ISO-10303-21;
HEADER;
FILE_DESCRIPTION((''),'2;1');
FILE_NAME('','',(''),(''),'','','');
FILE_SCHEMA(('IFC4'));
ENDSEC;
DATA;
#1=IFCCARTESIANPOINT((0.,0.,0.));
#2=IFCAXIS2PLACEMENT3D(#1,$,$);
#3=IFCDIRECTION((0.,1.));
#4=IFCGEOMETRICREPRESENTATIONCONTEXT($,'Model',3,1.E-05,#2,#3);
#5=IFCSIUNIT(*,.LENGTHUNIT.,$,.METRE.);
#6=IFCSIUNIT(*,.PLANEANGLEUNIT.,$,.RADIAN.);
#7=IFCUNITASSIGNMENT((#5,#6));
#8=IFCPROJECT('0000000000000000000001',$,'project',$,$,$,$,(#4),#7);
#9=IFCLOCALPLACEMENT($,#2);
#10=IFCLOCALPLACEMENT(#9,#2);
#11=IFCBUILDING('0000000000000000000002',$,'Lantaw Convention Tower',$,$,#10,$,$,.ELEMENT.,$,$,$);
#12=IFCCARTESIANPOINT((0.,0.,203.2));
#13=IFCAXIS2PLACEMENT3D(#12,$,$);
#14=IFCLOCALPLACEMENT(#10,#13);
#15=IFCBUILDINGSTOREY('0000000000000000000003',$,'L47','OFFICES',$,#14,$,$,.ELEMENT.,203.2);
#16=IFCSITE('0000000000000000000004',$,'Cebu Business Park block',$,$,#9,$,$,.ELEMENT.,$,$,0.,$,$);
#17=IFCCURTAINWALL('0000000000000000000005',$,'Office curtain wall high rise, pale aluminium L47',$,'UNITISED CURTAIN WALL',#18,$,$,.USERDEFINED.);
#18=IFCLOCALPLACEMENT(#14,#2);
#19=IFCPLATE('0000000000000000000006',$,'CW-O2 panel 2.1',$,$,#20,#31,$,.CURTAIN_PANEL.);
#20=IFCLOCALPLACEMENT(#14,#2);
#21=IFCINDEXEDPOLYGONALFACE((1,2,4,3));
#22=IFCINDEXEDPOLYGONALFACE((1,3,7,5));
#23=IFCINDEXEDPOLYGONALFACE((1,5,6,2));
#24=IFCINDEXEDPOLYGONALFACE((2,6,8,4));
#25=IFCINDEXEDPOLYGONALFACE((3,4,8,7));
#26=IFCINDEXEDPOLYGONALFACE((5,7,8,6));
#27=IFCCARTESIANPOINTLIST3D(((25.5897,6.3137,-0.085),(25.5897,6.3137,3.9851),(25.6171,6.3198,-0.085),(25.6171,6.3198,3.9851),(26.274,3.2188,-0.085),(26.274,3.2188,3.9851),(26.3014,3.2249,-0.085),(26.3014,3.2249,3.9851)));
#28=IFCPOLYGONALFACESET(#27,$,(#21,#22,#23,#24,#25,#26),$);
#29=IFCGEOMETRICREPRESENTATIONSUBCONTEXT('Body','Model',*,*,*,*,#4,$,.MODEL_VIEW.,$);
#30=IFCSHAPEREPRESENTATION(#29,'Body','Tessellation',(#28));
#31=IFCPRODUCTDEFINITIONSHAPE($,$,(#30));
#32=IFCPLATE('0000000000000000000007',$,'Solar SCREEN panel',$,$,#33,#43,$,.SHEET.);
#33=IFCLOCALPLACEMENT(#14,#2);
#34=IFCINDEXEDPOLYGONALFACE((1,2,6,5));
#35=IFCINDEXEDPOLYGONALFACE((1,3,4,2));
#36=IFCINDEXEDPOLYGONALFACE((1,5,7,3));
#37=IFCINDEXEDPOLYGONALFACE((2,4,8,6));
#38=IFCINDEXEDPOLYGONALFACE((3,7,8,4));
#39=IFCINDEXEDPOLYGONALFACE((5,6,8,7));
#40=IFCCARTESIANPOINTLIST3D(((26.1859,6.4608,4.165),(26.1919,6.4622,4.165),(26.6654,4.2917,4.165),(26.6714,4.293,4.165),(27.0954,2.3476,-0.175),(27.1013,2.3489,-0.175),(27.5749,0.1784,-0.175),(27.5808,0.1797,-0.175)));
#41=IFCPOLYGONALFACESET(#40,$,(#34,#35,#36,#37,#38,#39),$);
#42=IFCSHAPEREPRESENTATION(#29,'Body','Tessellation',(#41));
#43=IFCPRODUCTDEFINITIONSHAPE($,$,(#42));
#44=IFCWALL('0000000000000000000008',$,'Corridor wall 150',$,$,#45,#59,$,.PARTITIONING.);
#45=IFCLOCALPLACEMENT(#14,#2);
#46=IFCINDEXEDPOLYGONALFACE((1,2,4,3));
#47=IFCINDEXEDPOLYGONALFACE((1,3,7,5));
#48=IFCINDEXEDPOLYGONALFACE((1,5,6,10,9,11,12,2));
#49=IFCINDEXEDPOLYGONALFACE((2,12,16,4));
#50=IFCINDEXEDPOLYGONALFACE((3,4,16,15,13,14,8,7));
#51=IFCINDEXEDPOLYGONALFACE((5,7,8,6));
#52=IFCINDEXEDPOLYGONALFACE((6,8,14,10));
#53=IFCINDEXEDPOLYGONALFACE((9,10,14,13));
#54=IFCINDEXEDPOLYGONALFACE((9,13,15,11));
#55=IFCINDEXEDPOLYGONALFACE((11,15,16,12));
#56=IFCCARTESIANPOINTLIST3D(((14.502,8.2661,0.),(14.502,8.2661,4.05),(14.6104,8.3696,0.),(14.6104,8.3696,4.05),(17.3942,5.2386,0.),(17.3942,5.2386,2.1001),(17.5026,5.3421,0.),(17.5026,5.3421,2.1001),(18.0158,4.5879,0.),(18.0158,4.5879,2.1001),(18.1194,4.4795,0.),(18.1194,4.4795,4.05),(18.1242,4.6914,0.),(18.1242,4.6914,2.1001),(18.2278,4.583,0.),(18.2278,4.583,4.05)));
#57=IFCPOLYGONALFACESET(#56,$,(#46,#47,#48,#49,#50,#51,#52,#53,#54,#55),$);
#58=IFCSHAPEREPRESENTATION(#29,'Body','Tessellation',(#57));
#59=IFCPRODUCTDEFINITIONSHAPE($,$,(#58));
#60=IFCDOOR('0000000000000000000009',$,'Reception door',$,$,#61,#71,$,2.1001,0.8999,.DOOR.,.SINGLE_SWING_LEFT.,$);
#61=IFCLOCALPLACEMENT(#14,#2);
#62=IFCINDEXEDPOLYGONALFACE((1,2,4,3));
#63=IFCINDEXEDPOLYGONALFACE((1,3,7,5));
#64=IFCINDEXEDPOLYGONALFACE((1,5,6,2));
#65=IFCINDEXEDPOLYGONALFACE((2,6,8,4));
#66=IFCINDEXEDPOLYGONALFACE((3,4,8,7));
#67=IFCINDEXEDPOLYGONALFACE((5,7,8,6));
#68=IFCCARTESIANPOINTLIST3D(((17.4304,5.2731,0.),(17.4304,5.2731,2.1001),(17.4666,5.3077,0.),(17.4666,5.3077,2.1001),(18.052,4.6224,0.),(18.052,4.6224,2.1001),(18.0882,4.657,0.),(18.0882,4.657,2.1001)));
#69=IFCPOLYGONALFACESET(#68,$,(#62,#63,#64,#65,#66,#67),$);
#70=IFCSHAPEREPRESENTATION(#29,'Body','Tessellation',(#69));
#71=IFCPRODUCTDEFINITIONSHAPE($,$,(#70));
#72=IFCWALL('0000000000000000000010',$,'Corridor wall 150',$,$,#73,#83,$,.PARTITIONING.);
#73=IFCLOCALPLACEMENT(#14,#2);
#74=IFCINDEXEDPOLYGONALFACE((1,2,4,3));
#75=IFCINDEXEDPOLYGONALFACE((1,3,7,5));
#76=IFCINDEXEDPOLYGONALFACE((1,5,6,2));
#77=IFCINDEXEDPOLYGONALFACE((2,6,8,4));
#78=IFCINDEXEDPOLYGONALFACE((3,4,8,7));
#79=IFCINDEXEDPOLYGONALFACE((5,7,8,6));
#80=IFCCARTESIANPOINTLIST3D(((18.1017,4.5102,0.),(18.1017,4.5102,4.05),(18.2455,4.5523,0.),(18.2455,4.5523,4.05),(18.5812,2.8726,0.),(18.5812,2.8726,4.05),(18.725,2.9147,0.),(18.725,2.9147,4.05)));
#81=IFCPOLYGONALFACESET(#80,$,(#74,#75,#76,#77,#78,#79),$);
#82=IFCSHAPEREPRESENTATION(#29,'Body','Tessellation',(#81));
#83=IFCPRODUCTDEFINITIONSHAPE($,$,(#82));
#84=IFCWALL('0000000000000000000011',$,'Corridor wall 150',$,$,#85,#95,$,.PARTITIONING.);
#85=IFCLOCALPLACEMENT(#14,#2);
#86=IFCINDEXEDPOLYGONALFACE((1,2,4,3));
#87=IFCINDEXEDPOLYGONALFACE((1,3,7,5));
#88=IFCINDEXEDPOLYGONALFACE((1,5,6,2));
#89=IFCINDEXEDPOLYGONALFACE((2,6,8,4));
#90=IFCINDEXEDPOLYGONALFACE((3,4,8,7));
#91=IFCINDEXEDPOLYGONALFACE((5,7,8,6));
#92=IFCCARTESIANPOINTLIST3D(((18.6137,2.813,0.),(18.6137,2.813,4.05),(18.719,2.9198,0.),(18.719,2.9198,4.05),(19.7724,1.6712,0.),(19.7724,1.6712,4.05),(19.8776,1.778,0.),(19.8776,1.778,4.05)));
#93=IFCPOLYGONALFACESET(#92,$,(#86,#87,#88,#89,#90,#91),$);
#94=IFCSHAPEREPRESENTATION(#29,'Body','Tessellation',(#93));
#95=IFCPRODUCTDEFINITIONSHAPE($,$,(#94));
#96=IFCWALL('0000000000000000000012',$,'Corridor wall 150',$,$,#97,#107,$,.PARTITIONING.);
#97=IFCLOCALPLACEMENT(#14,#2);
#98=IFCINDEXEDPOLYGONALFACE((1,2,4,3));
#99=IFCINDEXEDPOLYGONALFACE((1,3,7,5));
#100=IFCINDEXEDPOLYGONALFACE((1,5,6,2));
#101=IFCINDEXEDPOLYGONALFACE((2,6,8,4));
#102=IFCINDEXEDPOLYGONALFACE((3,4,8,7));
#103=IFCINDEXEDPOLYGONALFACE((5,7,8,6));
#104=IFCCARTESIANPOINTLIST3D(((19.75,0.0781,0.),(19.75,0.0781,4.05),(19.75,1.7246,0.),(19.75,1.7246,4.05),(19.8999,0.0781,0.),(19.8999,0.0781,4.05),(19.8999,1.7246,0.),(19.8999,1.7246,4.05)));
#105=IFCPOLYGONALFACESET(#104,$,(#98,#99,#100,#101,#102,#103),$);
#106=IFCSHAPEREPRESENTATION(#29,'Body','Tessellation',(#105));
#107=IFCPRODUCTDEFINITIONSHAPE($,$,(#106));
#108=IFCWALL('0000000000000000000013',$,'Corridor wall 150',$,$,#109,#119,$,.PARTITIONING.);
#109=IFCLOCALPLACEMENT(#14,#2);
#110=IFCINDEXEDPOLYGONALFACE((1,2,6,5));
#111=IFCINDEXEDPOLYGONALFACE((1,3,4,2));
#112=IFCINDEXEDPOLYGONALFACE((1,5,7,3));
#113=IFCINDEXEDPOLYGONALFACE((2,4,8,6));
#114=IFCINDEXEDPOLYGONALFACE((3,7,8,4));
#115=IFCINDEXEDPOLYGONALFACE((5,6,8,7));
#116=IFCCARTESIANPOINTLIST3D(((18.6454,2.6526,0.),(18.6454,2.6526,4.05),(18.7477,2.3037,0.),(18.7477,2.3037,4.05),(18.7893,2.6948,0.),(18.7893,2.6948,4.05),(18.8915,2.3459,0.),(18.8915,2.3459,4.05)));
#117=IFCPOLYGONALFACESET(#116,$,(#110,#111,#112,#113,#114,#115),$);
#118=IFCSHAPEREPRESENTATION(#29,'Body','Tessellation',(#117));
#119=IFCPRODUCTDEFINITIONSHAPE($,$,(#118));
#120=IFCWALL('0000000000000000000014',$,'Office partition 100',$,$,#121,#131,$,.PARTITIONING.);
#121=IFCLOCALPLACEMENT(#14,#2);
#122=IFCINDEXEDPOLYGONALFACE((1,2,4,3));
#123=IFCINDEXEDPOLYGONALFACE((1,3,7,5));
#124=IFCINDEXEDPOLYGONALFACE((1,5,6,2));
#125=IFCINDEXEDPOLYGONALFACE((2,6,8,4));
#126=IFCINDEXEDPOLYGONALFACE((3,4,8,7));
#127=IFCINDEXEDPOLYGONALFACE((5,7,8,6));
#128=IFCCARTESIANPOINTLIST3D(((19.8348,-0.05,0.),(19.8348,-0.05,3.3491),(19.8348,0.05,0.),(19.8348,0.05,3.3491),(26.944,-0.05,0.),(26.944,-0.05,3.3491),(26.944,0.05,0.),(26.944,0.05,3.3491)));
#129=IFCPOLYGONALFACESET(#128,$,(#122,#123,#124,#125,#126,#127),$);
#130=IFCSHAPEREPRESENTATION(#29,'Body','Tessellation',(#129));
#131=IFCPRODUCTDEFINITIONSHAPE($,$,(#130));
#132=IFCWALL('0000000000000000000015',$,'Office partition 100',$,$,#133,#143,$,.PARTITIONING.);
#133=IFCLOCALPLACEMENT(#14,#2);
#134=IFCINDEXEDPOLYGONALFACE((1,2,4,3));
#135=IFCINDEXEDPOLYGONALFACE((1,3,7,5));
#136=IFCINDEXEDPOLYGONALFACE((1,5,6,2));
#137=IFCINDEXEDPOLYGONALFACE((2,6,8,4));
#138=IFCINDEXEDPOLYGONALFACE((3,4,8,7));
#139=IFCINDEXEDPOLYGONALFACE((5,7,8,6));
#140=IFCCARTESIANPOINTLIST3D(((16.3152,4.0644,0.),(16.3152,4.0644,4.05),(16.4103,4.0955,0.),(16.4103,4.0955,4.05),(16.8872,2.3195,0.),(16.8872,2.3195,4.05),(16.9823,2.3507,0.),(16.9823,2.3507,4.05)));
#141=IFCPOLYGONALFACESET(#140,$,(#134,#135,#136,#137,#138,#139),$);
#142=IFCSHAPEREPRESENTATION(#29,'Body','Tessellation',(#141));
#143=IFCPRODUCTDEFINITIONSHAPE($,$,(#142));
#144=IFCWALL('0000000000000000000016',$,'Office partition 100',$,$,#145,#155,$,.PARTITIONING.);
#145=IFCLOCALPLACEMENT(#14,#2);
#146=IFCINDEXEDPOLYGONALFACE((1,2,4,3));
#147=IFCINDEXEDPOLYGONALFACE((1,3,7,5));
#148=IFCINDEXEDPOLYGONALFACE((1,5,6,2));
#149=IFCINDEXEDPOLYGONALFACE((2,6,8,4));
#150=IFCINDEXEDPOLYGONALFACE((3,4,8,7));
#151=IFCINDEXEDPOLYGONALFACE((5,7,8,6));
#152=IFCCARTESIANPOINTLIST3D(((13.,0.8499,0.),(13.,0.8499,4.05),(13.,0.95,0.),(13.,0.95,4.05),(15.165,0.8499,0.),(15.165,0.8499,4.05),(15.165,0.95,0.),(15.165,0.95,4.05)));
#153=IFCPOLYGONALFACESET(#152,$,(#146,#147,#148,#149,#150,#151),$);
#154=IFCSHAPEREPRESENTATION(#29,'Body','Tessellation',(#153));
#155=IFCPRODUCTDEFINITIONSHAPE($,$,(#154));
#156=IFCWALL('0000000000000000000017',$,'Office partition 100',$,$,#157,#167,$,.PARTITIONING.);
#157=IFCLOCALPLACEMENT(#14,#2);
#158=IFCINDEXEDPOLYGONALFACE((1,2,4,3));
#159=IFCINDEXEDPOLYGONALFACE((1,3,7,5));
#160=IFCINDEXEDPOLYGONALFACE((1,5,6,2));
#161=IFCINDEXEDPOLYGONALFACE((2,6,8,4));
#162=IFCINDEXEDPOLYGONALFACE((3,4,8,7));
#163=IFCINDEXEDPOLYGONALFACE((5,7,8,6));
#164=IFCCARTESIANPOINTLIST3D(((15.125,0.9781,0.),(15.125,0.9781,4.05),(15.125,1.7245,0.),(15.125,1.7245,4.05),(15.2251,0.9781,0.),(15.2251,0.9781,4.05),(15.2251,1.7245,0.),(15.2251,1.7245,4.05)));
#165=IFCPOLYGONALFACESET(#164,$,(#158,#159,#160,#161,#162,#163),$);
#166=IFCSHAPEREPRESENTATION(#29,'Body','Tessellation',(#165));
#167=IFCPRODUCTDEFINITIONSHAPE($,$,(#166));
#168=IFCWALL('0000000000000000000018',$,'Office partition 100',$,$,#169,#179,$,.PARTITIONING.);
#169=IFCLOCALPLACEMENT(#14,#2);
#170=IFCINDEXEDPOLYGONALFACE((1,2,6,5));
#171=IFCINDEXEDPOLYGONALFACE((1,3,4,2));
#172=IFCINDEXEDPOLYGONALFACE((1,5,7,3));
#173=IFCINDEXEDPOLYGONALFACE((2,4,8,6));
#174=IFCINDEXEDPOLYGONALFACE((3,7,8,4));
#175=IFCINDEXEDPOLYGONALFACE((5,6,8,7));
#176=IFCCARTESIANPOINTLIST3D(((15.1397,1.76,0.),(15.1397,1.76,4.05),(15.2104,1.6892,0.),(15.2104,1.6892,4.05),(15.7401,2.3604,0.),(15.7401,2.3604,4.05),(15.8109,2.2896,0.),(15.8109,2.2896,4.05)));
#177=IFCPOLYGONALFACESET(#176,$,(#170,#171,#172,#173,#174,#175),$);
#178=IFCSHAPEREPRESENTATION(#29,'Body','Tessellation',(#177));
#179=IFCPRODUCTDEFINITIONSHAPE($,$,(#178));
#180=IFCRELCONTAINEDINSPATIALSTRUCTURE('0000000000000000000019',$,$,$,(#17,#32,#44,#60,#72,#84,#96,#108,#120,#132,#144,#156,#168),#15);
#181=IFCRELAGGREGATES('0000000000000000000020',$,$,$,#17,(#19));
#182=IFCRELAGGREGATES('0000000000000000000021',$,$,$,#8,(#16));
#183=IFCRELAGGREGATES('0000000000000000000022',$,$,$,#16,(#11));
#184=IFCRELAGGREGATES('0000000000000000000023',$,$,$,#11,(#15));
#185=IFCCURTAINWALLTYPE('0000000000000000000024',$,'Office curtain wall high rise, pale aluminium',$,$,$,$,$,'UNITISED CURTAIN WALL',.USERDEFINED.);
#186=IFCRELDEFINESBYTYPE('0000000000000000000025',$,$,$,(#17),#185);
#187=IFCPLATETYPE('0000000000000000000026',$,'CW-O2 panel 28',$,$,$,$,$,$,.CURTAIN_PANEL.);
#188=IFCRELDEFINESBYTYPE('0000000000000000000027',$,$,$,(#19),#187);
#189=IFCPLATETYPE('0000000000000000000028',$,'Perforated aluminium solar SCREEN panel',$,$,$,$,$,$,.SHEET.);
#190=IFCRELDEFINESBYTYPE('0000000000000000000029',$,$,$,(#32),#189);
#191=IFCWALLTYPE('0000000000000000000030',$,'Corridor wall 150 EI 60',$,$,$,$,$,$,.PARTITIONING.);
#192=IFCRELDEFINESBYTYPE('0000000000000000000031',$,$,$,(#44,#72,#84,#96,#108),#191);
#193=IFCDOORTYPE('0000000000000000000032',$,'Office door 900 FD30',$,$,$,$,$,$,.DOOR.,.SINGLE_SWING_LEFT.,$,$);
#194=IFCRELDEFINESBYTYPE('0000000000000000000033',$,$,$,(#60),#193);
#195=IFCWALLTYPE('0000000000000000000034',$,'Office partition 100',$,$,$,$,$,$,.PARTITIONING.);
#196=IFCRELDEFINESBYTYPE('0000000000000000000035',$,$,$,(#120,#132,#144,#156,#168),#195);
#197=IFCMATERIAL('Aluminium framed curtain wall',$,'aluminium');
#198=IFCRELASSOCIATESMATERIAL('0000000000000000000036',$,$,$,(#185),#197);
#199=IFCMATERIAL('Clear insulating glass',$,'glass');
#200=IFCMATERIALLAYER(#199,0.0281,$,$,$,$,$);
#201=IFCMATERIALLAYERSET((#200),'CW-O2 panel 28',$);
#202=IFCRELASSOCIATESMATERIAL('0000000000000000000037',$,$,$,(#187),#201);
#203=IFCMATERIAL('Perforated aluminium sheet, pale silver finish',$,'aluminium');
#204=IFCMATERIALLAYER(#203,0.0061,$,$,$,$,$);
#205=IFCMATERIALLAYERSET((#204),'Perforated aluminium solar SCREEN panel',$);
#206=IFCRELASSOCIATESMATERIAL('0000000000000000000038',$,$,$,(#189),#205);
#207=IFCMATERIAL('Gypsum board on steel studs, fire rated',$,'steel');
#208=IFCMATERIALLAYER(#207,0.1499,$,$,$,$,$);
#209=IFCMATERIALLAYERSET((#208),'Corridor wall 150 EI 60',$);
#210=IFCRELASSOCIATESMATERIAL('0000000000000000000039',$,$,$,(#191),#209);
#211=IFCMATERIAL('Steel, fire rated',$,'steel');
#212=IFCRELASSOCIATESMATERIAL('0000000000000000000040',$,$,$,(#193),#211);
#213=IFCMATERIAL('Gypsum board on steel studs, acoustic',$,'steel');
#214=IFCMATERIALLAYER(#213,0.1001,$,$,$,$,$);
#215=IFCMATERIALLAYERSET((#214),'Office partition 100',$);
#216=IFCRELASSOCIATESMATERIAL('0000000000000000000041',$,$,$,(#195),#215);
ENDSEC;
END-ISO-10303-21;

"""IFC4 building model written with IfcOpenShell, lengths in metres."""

from ifc_helpers import new_model, si_unit, direction, frame, frame_2d, origin, origin_2d, place, context, subcontext, project, spatial, polyline, rectangle, outline, extrude, material, layer, layer_set, type_object, element, fill, aggregate, save


model = new_model("IFC4")

# Units and contexts
model_context = context("Model", 3, precision=1e-05, world=origin(), true_north=direction((0.0, 1.0)))
body_context = subcontext(model_context, "Body", "Model", "MODEL_VIEW")
ifc_project = project(units=[si_unit("LENGTHUNIT", "METRE"), si_unit("PLANEANGLEUNIT", "RADIAN")], contexts=[model_context])

# Site, building, storey
site_placement = place(None, origin())
site = spatial("IfcSite", under=ifc_project, at=site_placement, Name="Cebu Business Park block", CompositionType="ELEMENT", RefElevation=0.0)
building_placement = place(site_placement, origin())
building = spatial("IfcBuilding", under=site, at=building_placement, Name="Lantaw Convention Tower", CompositionType="ELEMENT")
storey_placement = place(building_placement, frame((0.0, 0.0, 203.2)))
storey = spatial("IfcBuildingStorey", under=building, at=storey_placement, Name="L47", Description="OFFICES", CompositionType="ELEMENT", Elevation=203.2)

# Curtain wall
ifc_material_1 = material(Name="Aluminium framed curtain wall", Category="aluminium")
curtain_wall_type = type_object("IfcCurtainWallType", Name="Office curtain wall high rise, pale aluminium", ElementType="UNITISED CURTAIN WALL", PredefinedType="USERDEFINED", material=ifc_material_1)
curtain_wall_1_placement = place(storey_placement, origin())
curtain_wall_1 = element("IfcCurtainWall", 1, at=curtain_wall_1_placement, inside=storey, type_object=curtain_wall_type, Name="Office curtain wall high rise, pale aluminium L47", ObjectType="UNITISED CURTAIN WALL", PredefinedType="USERDEFINED")

# Plates
ifc_material_2 = material(Name="Clear insulating glass", Category="glass")
ifc_layer_1 = layer(ifc_material_2, 0.0281)
ifc_layer_set_1 = layer_set([ifc_layer_1], Name="CW-O2 panel 28")
plate_type_1 = type_object("IfcPlateType", Name="CW-O2 panel 28", PredefinedType="CURTAIN_PANEL", material=ifc_layer_set_1)
plate_1_placement = place(storey_placement, frame((25.9456, 4.7693, -0.085), z_axis=(0.0, 0.0, 1.0), x_axis=(-0.215891, 0.976417, 0.0)))
plate_1 = element("IfcPlate", 2, at=plate_1_placement, type_object=plate_type_1, Name="CW-O2 panel 2.1", PredefinedType="CURTAIN_PANEL", context=body_context, shape_type="SweptSolid", body=[
    extrude(rectangle(XDim=3.1697, YDim=0.0281, at=origin_2d()), origin(), (0.0, 0.0, 1.0), 4.0701),
])
aggregate(curtain_wall_1, [plate_1])
ifc_material_3 = material(Name="Perforated aluminium sheet, pale silver finish", Category="aluminium")
ifc_layer_2 = layer(ifc_material_3, 0.0061)
ifc_layer_set_2 = layer_set([ifc_layer_2], Name="Perforated aluminium solar SCREEN panel")
plate_type_2 = type_object("IfcPlateType", Name="Perforated aluminium solar SCREEN panel", PredefinedType="SHEET", material=ifc_layer_set_2)
plate_2_placement = place(storey_placement, frame((27.5808, 0.1797, -0.175), z_axis=(0.97643, 0.215837, 0.000044), x_axis=(-0.215837, 0.97643, 0.0)))
element("IfcPlate", 3, at=plate_2_placement, inside=storey, type_object=plate_type_2, Name="Solar SCREEN panel", PredefinedType="SHEET", context=body_context, shape_type="SweptSolid", body=[
    extrude(outline(polyline([(0.0, 0.0), (2.2216, 0.0), (6.4342, 4.3401), (4.2126, 4.3401), (0.0, 0.0)])), origin(), (0.0, 0.0, -1.0), 0.0061),
])

# Wall, opening, door
ifc_material_4 = material(Name="Gypsum board on steel studs, fire rated", Category="steel")
ifc_layer_3 = layer(ifc_material_4, 0.1499)
ifc_layer_set_3 = layer_set([ifc_layer_3], Name="Corridor wall 150 EI 60")
wall_type_1 = type_object("IfcWallType", Name="Corridor wall 150 EI 60", PredefinedType="PARTITIONING", material=ifc_layer_set_3)
wall_1_placement = place(storey_placement, frame((18.1736, 4.5312, 0.0), z_axis=(0.0, 0.0, 1.0), x_axis=(-0.690768, 0.723076, 0.0)))
wall_1 = element("IfcWall", 4, at=wall_1_placement, inside=storey, type_object=wall_type_1, Name="Corridor wall 150", PredefinedType="PARTITIONING", context=body_context, shape_type="SweptSolid", body=[
    extrude(rectangle(XDim=5.2368, YDim=0.1499, at=frame_2d((2.6184, 0.0))), origin(), (0.0, 0.0, 1.0), 4.05),
])
opening_placement = place(wall_1_placement, frame((0.1499, 0.0, 0.0)))
opening = element("IfcOpeningElement", 5, at=opening_placement, cuts=wall_1, PredefinedType="OPENING", context=body_context, shape_type="SweptSolid", body=[
    extrude(rectangle(XDim=0.8999, YDim=2.1001, at=frame_2d((0.45, 1.05))), frame((0.0, 0.085, 0.0), z_axis=(0.0, -1.0, 0.0), x_axis=(1.0, 0.0, 0.0)), (0.0, 0.0, 1.0), 0.1699),
])
ifc_material_5 = material(Name="Steel, fire rated", Category="steel")
door_type = type_object("IfcDoorType", Name="Office door 900 FD30", OperationType="SINGLE_SWING_LEFT", PredefinedType="DOOR", material=ifc_material_5)
door_placement = place(opening_placement, origin())
door = element("IfcDoor", 6, at=door_placement, inside=storey, type_object=door_type, Name="Reception door", OperationType="SINGLE_SWING_LEFT", OverallHeight=2.1001, OverallWidth=0.8999, PredefinedType="DOOR", context=body_context, shape_type="SweptSolid", body=[
    extrude(rectangle(XDim=0.8999, YDim=2.1001, at=frame_2d((0.45, 1.05))), frame((0.0, 0.0249, 0.0), z_axis=(0.0, -1.0, 0.0), x_axis=(1.0, 0.0, 0.0)), (0.0, 0.0, 1.0), 0.05),
])
fill(opening, door)

# Walls
wall_2_placement = place(storey_placement, frame((18.6531, 2.8938, 0.0), z_axis=(0.0, 0.0, 1.0), x_axis=(-0.281027, 0.9597, 0.0)))
element("IfcWall", 7, at=wall_2_placement, inside=storey, type_object=wall_type_1, Name="Corridor wall 150", PredefinedType="PARTITIONING", context=body_context, shape_type="SweptSolid", body=[
    extrude(rectangle(XDim=1.7063, YDim=0.1499, at=frame_2d((0.853, 0.0))), origin(), (0.0, 0.0, 1.0), 4.05),
])
wall_3_placement = place(storey_placement, frame((18.6663, 2.8665, 0.0), z_axis=(0.0, 0.0, 1.0), x_axis=(0.712265, -0.70191, 0.0)))
element("IfcWall", 8, at=wall_3_placement, inside=storey, type_object=wall_type_1, Name="Corridor wall 150", PredefinedType="PARTITIONING", context=body_context, shape_type="SweptSolid", body=[
    extrude(rectangle(XDim=1.6267, YDim=0.1499, at=frame_2d((0.8135, 0.0))), origin(), (0.0, 0.0, 1.0), 4.05),
])
wall_4_placement = place(storey_placement, frame((19.825, 1.7246, 0.0), z_axis=(0.0, 0.0, 1.0), x_axis=(0.0, -1.0, 0.0)))
element("IfcWall", 9, at=wall_4_placement, inside=storey, type_object=wall_type_1, Name="Corridor wall 150", PredefinedType="PARTITIONING", context=body_context, shape_type="SweptSolid", body=[
    extrude(rectangle(XDim=1.6465, YDim=0.1499, at=frame_2d((0.8232, 0.0))), origin(), (0.0, 0.0, 1.0), 4.05),
])
wall_5_placement = place(storey_placement, frame((18.8196, 2.325, 0.0), z_axis=(0.0, 0.0, 1.0), x_axis=(-0.281366, 0.9596, 0.0)))
element("IfcWall", 10, at=wall_5_placement, inside=storey, type_object=wall_type_1, Name="Corridor wall 150", PredefinedType="PARTITIONING", context=body_context, shape_type="SweptSolid", body=[
    extrude(rectangle(XDim=0.3635, YDim=0.1499, at=frame_2d((0.1816, 0.0))), origin(), (0.0, 0.0, 1.0), 4.05),
])
ifc_material_6 = material(Name="Gypsum board on steel studs, acoustic", Category="steel")
ifc_layer_4 = layer(ifc_material_6, 0.1001)
ifc_layer_set_4 = layer_set([ifc_layer_4], Name="Office partition 100")
wall_type_2 = type_object("IfcWallType", Name="Office partition 100", PredefinedType="PARTITIONING", material=ifc_layer_set_4)
wall_6_placement = place(storey_placement, frame((26.9441, 0.0, 0.0), z_axis=(0.0, 0.0, 1.0), x_axis=(-1.0, 0.0, 0.0)))
element("IfcWall", 11, at=wall_6_placement, inside=storey, type_object=wall_type_2, Name="Office partition 100", PredefinedType="PARTITIONING", context=body_context, shape_type="SweptSolid", body=[
    extrude(rectangle(XDim=7.1091, YDim=0.1001, at=frame_2d((3.5547, 0.0))), origin(), (0.0, 0.0, 1.0), 3.3491),
])
wall_7_placement = place(storey_placement, frame((16.3628, 4.0798, 0.0), z_axis=(0.0, 0.0, 1.0), x_axis=(0.311517, -0.950241, 0.0)))
element("IfcWall", 12, at=wall_7_placement, inside=storey, type_object=wall_type_2, Name="Office partition 100", PredefinedType="PARTITIONING", context=body_context, shape_type="SweptSolid", body=[
    extrude(rectangle(XDim=1.8362, YDim=0.1001, at=frame_2d((0.918, 0.0))), origin(), (0.0, 0.0, 1.0), 4.05),
])
wall_8_placement = place(storey_placement, frame((15.165, 0.8999, 0.0), z_axis=(0.0, 0.0, 1.0), x_axis=(-1.0, 0.0, 0.0)))
element("IfcWall", 13, at=wall_8_placement, inside=storey, type_object=wall_type_2, Name="Office partition 100", PredefinedType="PARTITIONING", context=body_context, shape_type="SweptSolid", body=[
    extrude(rectangle(XDim=2.165, YDim=0.1001, at=frame_2d((1.0825, 0.0))), origin(), (0.0, 0.0, 1.0), 4.05),
])
wall_9_placement = place(storey_placement, frame((15.175, 0.9783, 0.0), z_axis=(0.0, 0.0, 1.0), x_axis=(0.0, 1.0, 0.0)))
element("IfcWall", 14, at=wall_9_placement, inside=storey, type_object=wall_type_2, Name="Office partition 100", PredefinedType="PARTITIONING", context=body_context, shape_type="SweptSolid", body=[
    extrude(rectangle(XDim=0.7463, YDim=0.1001, at=frame_2d((0.373, 0.0))), origin(), (0.0, 0.0, 1.0), 4.05),
])
wall_10_placement = place(storey_placement, frame((15.175, 1.7246, 0.0), z_axis=(0.0, 0.0, 1.0), x_axis=(0.707107, 0.707107, 0.0)))
element("IfcWall", 15, at=wall_10_placement, inside=storey, type_object=wall_type_2, Name="Office partition 100", PredefinedType="PARTITIONING", context=body_context, shape_type="SweptSolid", body=[
    extrude(rectangle(XDim=0.8491, YDim=0.1001, at=frame_2d((0.4246, 0.0))), origin(), (0.0, 0.0, 1.0), 4.05),
])

save(model, "model.ifc")
